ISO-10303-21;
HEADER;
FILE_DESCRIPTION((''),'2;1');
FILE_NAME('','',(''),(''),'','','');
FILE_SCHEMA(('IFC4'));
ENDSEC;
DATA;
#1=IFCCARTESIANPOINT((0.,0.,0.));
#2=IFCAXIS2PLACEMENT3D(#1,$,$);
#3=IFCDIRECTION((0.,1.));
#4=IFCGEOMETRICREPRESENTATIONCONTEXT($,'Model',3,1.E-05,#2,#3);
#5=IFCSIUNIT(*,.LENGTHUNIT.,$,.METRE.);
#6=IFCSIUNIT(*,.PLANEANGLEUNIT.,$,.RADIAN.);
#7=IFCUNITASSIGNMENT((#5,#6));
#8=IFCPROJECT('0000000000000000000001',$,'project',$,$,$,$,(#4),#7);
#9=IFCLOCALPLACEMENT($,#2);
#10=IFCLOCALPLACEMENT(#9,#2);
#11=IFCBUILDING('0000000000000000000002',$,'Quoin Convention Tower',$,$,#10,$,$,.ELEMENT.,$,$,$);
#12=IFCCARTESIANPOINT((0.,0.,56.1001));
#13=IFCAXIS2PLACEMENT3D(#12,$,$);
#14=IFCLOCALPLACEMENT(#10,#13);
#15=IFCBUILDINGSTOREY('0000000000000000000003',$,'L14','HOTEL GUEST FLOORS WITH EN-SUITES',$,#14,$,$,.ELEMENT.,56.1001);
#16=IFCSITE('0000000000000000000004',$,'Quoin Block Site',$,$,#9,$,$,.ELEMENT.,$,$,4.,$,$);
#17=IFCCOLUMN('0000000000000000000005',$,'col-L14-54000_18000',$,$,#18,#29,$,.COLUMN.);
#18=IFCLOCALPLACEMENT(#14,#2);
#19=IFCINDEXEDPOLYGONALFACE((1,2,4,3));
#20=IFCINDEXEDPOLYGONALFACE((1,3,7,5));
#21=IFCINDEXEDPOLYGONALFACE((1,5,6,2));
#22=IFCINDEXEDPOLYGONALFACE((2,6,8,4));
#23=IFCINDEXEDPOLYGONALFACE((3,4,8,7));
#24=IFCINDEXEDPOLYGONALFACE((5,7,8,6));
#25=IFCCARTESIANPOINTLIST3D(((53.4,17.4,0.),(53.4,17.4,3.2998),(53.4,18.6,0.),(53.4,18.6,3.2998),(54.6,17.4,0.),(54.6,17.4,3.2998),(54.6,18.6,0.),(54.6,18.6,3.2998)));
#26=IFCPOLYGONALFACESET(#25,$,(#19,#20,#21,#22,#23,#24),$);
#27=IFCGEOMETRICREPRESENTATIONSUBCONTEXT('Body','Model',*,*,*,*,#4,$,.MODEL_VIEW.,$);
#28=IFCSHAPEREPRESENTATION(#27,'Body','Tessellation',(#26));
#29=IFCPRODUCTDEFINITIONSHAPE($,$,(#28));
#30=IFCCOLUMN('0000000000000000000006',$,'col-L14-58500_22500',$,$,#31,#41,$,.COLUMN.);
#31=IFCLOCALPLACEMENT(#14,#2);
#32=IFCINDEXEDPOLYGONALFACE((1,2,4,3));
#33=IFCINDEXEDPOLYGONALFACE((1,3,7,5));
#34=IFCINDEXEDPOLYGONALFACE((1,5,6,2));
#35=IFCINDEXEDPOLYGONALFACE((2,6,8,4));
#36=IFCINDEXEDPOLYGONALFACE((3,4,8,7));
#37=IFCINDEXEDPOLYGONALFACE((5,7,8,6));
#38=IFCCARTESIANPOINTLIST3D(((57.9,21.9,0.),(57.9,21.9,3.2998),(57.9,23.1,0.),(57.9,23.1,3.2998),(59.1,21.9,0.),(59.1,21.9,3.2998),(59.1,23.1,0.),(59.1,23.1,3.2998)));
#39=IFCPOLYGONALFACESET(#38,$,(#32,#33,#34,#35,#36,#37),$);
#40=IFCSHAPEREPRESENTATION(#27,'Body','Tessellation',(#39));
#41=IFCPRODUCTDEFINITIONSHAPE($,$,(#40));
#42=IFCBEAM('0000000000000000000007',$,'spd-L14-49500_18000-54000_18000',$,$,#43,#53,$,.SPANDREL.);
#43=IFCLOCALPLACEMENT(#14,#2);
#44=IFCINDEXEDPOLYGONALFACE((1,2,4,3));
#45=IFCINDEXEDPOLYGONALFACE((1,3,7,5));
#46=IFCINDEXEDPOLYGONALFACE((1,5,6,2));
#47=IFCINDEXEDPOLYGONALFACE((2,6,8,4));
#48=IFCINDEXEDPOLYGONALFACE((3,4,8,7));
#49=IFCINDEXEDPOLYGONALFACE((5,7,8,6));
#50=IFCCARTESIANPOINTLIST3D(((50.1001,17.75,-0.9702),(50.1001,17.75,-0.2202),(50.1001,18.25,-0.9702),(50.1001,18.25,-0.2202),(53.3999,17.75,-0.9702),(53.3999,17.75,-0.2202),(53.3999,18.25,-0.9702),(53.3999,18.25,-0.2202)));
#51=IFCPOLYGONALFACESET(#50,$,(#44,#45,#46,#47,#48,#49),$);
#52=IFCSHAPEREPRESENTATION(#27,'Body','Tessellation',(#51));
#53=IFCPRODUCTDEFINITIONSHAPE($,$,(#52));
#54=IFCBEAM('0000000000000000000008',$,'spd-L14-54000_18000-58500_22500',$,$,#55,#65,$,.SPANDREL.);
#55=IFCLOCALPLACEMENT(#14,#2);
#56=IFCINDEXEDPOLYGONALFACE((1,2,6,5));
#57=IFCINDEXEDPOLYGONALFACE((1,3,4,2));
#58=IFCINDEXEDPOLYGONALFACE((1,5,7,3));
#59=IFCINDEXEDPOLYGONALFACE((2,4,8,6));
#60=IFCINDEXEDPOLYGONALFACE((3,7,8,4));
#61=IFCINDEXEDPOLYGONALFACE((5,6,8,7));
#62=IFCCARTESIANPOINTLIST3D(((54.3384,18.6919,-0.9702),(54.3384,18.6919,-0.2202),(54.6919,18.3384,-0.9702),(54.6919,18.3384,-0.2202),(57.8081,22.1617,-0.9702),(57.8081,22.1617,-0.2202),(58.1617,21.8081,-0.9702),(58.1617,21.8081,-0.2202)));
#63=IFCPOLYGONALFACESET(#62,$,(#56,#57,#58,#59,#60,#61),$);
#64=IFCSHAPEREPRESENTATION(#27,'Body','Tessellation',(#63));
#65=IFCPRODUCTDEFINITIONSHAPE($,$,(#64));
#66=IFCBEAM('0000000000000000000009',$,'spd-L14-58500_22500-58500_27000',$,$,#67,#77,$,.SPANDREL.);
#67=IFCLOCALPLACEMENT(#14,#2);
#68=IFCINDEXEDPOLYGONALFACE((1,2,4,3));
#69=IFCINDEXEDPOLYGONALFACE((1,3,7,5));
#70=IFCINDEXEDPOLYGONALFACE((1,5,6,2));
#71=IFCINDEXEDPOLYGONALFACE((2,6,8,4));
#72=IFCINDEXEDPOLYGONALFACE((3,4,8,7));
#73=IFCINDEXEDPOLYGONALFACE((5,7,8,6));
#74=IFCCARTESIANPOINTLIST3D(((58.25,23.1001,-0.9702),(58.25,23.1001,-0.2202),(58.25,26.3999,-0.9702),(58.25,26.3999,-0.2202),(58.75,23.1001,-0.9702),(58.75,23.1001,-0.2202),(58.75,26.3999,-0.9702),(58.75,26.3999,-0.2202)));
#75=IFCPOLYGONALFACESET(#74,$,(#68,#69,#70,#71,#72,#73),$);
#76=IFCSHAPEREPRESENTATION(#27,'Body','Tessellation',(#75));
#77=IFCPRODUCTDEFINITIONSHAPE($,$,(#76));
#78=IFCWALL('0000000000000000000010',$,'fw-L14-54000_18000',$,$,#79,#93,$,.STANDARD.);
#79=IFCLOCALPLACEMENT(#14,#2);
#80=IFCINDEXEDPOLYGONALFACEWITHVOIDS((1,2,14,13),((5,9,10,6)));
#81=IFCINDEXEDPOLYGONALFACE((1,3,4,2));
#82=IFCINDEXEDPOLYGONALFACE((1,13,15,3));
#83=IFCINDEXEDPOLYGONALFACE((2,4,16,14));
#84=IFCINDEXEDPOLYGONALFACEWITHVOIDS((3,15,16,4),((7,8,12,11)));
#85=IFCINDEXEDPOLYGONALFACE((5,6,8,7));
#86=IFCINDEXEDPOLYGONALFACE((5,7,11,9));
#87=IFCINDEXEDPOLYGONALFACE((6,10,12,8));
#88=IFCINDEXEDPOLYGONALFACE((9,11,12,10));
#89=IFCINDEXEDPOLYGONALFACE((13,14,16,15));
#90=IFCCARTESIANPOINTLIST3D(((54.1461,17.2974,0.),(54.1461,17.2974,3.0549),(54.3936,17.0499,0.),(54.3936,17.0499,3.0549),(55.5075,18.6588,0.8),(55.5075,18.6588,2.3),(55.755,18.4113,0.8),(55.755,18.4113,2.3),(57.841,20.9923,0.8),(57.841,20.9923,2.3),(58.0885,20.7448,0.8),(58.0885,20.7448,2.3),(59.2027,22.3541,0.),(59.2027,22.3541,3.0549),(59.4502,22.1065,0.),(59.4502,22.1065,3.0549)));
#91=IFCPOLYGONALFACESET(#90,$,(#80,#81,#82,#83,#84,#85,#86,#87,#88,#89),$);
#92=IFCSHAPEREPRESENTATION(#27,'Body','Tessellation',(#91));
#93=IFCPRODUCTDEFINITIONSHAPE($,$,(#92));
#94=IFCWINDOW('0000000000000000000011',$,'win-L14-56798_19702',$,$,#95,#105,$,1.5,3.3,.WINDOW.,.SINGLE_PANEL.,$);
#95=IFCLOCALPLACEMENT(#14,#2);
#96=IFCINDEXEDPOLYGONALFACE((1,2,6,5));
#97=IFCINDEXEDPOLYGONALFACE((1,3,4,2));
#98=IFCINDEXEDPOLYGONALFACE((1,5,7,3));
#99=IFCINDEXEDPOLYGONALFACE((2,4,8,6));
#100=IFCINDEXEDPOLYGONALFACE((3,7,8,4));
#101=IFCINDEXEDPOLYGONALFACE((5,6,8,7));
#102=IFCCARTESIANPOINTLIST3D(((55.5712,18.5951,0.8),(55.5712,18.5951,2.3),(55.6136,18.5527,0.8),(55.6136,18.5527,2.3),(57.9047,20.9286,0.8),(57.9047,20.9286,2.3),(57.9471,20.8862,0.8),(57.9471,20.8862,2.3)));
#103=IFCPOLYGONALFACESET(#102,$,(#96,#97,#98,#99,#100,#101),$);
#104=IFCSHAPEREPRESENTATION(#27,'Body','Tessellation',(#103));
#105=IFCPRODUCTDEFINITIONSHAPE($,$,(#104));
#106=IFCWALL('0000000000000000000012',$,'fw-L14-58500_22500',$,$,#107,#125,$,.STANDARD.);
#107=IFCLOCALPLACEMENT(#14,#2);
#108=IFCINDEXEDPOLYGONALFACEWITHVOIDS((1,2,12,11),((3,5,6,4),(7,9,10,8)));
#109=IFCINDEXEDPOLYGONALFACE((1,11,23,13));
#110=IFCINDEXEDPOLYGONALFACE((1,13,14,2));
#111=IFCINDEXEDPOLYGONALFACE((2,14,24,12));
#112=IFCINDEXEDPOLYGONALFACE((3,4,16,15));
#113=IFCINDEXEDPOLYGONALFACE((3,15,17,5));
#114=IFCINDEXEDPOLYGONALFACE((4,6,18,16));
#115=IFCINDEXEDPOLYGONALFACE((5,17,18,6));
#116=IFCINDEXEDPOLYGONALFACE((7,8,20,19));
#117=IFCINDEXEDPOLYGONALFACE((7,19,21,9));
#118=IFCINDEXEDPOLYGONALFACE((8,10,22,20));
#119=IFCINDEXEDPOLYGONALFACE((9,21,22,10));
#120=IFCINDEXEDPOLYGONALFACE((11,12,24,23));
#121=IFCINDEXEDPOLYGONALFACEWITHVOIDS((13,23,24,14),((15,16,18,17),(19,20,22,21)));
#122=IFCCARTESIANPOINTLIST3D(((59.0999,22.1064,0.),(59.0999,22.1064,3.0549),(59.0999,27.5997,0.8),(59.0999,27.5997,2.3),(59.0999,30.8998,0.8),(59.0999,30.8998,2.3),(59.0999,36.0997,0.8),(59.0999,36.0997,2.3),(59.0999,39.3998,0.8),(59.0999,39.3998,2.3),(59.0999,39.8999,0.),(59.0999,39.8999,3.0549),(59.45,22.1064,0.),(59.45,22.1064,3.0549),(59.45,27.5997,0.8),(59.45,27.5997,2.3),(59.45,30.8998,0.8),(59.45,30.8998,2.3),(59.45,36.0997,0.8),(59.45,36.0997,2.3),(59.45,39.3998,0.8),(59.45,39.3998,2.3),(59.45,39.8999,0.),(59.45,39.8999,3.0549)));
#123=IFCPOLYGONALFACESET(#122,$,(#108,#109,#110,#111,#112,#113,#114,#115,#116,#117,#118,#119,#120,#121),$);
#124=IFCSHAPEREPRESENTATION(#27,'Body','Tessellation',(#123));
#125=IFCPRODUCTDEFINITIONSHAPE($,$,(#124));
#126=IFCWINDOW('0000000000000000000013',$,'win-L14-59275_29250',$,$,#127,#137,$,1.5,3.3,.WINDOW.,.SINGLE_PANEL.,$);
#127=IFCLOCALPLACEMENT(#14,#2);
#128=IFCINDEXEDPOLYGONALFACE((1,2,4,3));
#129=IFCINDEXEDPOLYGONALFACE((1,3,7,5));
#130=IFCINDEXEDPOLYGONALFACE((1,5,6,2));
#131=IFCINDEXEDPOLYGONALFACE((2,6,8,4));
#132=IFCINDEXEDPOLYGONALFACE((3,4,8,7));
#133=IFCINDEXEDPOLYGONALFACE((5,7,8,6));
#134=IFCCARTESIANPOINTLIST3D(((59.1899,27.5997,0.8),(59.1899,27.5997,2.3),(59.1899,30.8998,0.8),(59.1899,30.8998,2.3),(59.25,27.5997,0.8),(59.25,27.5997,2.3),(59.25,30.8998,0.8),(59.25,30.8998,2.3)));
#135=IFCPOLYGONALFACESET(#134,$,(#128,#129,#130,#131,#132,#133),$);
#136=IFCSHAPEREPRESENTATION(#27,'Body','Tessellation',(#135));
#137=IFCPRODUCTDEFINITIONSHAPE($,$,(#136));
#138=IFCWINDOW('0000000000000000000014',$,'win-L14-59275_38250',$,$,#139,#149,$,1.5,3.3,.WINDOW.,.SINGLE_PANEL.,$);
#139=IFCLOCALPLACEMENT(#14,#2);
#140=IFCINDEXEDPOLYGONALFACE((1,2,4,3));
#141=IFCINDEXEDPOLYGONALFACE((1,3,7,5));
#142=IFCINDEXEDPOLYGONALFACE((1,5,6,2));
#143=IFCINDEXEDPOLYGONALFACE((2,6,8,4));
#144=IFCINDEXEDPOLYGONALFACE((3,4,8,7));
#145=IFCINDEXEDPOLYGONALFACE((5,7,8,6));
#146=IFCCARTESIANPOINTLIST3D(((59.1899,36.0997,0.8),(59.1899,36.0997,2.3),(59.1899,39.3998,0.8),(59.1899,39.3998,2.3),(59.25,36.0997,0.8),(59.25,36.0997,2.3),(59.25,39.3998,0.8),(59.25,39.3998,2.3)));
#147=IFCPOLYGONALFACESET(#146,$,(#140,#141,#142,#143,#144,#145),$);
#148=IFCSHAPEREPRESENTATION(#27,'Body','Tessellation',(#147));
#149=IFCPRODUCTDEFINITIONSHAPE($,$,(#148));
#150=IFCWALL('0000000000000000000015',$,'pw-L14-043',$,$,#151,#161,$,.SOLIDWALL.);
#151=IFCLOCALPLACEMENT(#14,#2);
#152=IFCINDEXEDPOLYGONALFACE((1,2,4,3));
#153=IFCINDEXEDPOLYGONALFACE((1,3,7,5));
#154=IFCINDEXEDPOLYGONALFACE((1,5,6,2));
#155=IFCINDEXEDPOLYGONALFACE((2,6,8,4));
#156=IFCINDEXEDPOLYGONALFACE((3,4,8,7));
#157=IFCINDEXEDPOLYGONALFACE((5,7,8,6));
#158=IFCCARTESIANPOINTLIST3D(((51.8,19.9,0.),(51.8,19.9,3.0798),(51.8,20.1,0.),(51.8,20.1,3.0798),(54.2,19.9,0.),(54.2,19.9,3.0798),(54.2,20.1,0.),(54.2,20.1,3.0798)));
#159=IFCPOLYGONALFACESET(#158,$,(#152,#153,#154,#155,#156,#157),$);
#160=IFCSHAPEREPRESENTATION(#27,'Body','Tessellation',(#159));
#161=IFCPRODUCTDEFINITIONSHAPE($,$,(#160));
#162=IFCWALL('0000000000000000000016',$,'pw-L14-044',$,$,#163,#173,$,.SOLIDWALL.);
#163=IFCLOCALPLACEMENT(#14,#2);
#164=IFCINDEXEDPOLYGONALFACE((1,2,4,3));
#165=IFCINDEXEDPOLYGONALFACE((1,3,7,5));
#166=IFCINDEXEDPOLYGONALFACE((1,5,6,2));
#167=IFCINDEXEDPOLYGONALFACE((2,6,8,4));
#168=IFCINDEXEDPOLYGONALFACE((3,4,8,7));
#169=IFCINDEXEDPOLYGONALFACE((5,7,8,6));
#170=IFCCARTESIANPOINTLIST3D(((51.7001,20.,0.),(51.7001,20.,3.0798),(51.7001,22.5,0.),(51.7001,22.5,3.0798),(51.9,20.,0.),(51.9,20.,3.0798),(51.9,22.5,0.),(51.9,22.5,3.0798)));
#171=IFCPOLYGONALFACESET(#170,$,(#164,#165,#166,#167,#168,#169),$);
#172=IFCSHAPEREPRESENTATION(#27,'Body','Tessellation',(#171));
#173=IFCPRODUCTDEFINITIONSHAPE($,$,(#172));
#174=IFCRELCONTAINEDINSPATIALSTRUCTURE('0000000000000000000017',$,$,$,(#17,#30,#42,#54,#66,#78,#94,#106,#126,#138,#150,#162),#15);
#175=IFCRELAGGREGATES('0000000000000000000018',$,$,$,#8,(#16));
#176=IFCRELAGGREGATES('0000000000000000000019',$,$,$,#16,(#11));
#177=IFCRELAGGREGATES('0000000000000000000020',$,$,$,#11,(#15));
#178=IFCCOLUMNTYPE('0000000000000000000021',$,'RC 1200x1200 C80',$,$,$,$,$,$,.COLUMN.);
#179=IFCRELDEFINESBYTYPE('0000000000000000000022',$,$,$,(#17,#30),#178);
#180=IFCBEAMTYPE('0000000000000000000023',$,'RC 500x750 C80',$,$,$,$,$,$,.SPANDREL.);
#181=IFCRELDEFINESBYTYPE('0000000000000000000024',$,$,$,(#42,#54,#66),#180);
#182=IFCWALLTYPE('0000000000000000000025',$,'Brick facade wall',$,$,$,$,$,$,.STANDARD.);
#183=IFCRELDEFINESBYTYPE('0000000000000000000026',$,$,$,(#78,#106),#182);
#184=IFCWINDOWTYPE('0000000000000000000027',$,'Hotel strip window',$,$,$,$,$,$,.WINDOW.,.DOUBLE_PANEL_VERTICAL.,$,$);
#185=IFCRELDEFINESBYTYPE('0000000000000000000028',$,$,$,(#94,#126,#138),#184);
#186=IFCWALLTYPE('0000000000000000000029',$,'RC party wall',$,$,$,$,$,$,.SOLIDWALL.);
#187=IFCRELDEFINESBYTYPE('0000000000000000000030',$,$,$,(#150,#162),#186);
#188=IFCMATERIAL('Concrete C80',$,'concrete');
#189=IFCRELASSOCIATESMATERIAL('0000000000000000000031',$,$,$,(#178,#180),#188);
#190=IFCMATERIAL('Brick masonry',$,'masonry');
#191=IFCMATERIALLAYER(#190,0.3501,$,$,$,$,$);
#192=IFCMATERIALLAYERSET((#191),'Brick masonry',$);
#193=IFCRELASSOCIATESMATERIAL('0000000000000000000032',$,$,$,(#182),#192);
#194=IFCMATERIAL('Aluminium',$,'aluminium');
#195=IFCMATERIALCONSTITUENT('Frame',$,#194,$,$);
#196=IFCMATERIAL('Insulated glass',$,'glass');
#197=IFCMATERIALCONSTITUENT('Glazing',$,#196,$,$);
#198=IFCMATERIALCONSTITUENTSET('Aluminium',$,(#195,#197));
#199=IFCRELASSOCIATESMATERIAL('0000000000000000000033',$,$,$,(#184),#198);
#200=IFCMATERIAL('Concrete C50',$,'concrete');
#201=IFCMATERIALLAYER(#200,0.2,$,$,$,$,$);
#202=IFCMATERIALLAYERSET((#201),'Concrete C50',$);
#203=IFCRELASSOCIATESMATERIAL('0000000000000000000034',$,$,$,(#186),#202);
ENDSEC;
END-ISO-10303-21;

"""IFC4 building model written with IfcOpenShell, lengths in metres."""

from ifc_helpers import new_model, si_unit, direction, frame, frame_2d, origin, origin_2d, place, context, subcontext, project, spatial, rectangle, extrude, material, layer, layer_set, constituent, constituent_set, material_profile, profile_set, type_object, element, fill, save


model = new_model("IFC4")

# Units and contexts
model_context = context("Model", 3, precision=1e-05, world=origin(), true_north=direction((0.0, 1.0)))
body_context = subcontext(model_context, "Body", "Model", "MODEL_VIEW")
ifc_project = project(units=[si_unit("LENGTHUNIT", "METRE"), si_unit("PLANEANGLEUNIT", "RADIAN")], contexts=[model_context])

# Site, building, storey
site_placement = place(None, origin())
site = spatial("IfcSite", under=ifc_project, at=site_placement, Name="Quoin Block Site", CompositionType="ELEMENT", RefElevation=4.0)
building_placement = place(site_placement, origin())
building = spatial("IfcBuilding", under=site, at=building_placement, Name="Quoin Convention Tower", CompositionType="ELEMENT")
storey_placement = place(building_placement, frame((0.0, 0.0, 56.1001)))
storey = spatial("IfcBuildingStorey", under=building, at=storey_placement, Name="L14", Description="HOTEL GUEST FLOORS WITH EN-SUITES", CompositionType="ELEMENT", Elevation=56.1001)

# Columns
ifc_material_1 = material(Name="Concrete C80", Category="concrete")
ifc_material_profile_1 = material_profile(ifc_material_1, rectangle(XDim=1.2, YDim=1.2, at=origin_2d()), Name="RC 1200x1200")
ifc_profile_set_1 = profile_set([ifc_material_profile_1], Name="Concrete C80")
column_type = type_object("IfcColumnType", Name="RC 1200x1200 C80", PredefinedType="COLUMN", material=ifc_profile_set_1)
for number, where, z_axis, x_axis, name in (
    (1, (54.0, 18.0, 0.0), (0.0, 0.0, 1.0), (1.0, 0.0, 0.0), "col-L14-54000_18000"),
    (2, (58.5, 22.5, 0.0), (0.0, 0.0, 1.0), (1.0, 0.0, 0.0), "col-L14-58500_22500"),
):
    element("IfcColumn", number, at=place(storey_placement, frame(where, z_axis=z_axis, x_axis=x_axis)), inside=storey, type_object=column_type, Name=name, PredefinedType="COLUMN", context=body_context, shape_type="SweptSolid", body=[
        extrude(rectangle(XDim=1.2, YDim=1.2, at=origin_2d()), origin(), (0.0, 0.0, 1.0), 3.2998),
    ])

# Beams
ifc_material_profile_2 = material_profile(ifc_material_1, rectangle(XDim=0.5, YDim=0.75, at=origin_2d()), Name="RC 500x750")
ifc_profile_set_2 = profile_set([ifc_material_profile_2], Name="Concrete C80")
beam_type = type_object("IfcBeamType", Name="RC 500x750 C80", PredefinedType="SPANDREL", material=ifc_profile_set_2)
beam_1_placement = place(storey_placement, frame((50.1001, 18.0, -0.5952), z_axis=(1.0, 0.0, 0.0), x_axis=(0.0, 1.0, 0.0)))
element("IfcBeam", 3, at=beam_1_placement, inside=storey, type_object=beam_type, Name="spd-L14-49500_18000-54000_18000", PredefinedType="SPANDREL", context=body_context, shape_type="SweptSolid", body=[
    extrude(rectangle(XDim=0.5, YDim=0.75, at=origin_2d()), origin(), (0.0, 0.0, 1.0), 3.2998),
])
beam_2_placement = place(storey_placement, frame((54.5151, 18.5151, -0.5952), z_axis=(0.707107, 0.707107, 0.0), x_axis=(-0.707107, 0.707107, 0.0)))
element("IfcBeam", 4, at=beam_2_placement, inside=storey, type_object=beam_type, Name="spd-L14-54000_18000-58500_22500", PredefinedType="SPANDREL", context=body_context, shape_type="SweptSolid", body=[
    extrude(rectangle(XDim=0.5, YDim=0.75, at=origin_2d()), origin(), (0.0, 0.0, 1.0), 4.907),
])
beam_3_placement = place(storey_placement, frame((58.5, 23.1001, -0.5952), z_axis=(0.0, 1.0, 0.0), x_axis=(-1.0, 0.0, 0.0)))
element("IfcBeam", 5, at=beam_3_placement, inside=storey, type_object=beam_type, Name="spd-L14-58500_22500-58500_27000", PredefinedType="SPANDREL", context=body_context, shape_type="SweptSolid", body=[
    extrude(rectangle(XDim=0.5, YDim=0.75, at=origin_2d()), origin(), (0.0, 0.0, 1.0), 3.2998),
])

# Wall, opening, window
ifc_material_2 = material(Name="Brick masonry", Category="masonry")
ifc_layer_1 = layer(ifc_material_2, 0.3501)
ifc_layer_set_1 = layer_set([ifc_layer_1], Name="Brick masonry")
wall_type_1 = type_object("IfcWallType", Name="Brick facade wall", PredefinedType="STANDARD", material=ifc_layer_set_1)
wall_1_placement = place(storey_placement, frame((54.2698, 17.1736, 0.0), z_axis=(0.0, 0.0, 1.0), x_axis=(0.707107, 0.707107, 0.0)))
wall_1 = element("IfcWall", 6, at=wall_1_placement, inside=storey, type_object=wall_type_1, Name="fw-L14-54000_18000", PredefinedType="STANDARD", context=body_context, shape_type="SweptSolid", body=[
    extrude(rectangle(XDim=7.1511, YDim=0.3501, at=frame_2d((3.5757, 0.0))), origin(), (0.0, 0.0, 1.0), 3.0549),
])
opening_1_placement = place(wall_1_placement, frame((1.9255, 0.0, 0.8)))
opening_1 = element("IfcOpeningElement", 7, at=opening_1_placement, cuts=wall_1, PredefinedType="OPENING", context=body_context, shape_type="SweptSolid", body=[
    extrude(rectangle(XDim=3.3, YDim=1.5, at=frame_2d((1.6499, 0.75))), frame((0.0, 0.1851, 0.0), z_axis=(0.0, -1.0, 0.0), x_axis=(1.0, 0.0, 0.0)), (0.0, 0.0, 1.0), 0.3701),
])
ifc_material_3 = material(Name="Aluminium", Category="aluminium")
ifc_constituent_1 = constituent(ifc_material_3, Name="Frame")
ifc_material_4 = material(Name="Insulated glass", Category="glass")
ifc_constituent_2 = constituent(ifc_material_4, Name="Glazing")
ifc_constituent_set = constituent_set(constituents=[ifc_constituent_1, ifc_constituent_2], Name="Aluminium")
window_type = type_object("IfcWindowType", Name="Hotel strip window", PartitioningType="DOUBLE_PANEL_VERTICAL", PredefinedType="WINDOW", material=ifc_constituent_set)
window_1_placement = place(opening_1_placement, origin())
window_1 = element("IfcWindow", 8, at=window_1_placement, inside=storey, type_object=window_type, Name="win-L14-56798_19702", OverallHeight=1.5, OverallWidth=3.3, PartitioningType="SINGLE_PANEL", PredefinedType="WINDOW", context=body_context, shape_type="SweptSolid", body=[
    extrude(rectangle(XDim=3.3, YDim=1.5, at=frame_2d((1.6499, 0.75))), frame((0.0, 0.085, 0.0), z_axis=(0.0, -1.0, 0.0), x_axis=(1.0, 0.0, 0.0)), (0.0, 0.0, 1.0), 0.0601),
])
fill(opening_1, window_1)

# Wall, openings, windows
wall_2_placement = place(storey_placement, frame((59.2749, 22.1064, 0.0), z_axis=(0.0, 0.0, 1.0), x_axis=(0.0, 1.0, 0.0)))
wall_2 = element("IfcWall", 9, at=wall_2_placement, inside=storey, type_object=wall_type_1, Name="fw-L14-58500_22500", PredefinedType="STANDARD", context=body_context, shape_type="SweptSolid", body=[
    extrude(rectangle(XDim=17.7935, YDim=0.3501, at=frame_2d((8.8967, 0.0))), origin(), (0.0, 0.0, 1.0), 3.0549),
])
opening_2_placement = place(wall_2_placement, frame((5.4934, 0.0, 0.8)))
opening_2 = element("IfcOpeningElement", 10, at=opening_2_placement, cuts=wall_2, PredefinedType="OPENING", context=body_context, shape_type="SweptSolid", body=[
    extrude(rectangle(XDim=3.3, YDim=1.5, at=frame_2d((1.6499, 0.75))), frame((0.0, 0.1851, 0.0), z_axis=(0.0, -1.0, 0.0), x_axis=(1.0, 0.0, 0.0)), (0.0, 0.0, 1.0), 0.3701),
])
opening_3_placement = place(wall_2_placement, frame((13.9934, 0.0, 0.8)))
opening_3 = element("IfcOpeningElement", 11, at=opening_3_placement, cuts=wall_2, PredefinedType="OPENING", context=body_context, shape_type="SweptSolid", body=[
    extrude(rectangle(XDim=3.3, YDim=1.5, at=frame_2d((1.6499, 0.75))), frame((0.0, 0.1851, 0.0), z_axis=(0.0, -1.0, 0.0), x_axis=(1.0, 0.0, 0.0)), (0.0, 0.0, 1.0), 0.3701),
])
window_2_placement = place(opening_2_placement, origin())
window_2 = element("IfcWindow", 12, at=window_2_placement, inside=storey, type_object=window_type, Name="win-L14-59275_29250", OverallHeight=1.5, OverallWidth=3.3, PartitioningType="SINGLE_PANEL", PredefinedType="WINDOW", context=body_context, shape_type="SweptSolid", body=[
    extrude(rectangle(XDim=3.3, YDim=1.5, at=frame_2d((1.6499, 0.75))), frame((0.0, 0.085, 0.0), z_axis=(0.0, -1.0, 0.0), x_axis=(1.0, 0.0, 0.0)), (0.0, 0.0, 1.0), 0.0601),
])
fill(opening_2, window_2)
window_3_placement = place(opening_3_placement, origin())
window_3 = element("IfcWindow", 13, at=window_3_placement, inside=storey, type_object=window_type, Name="win-L14-59275_38250", OverallHeight=1.5, OverallWidth=3.3, PartitioningType="SINGLE_PANEL", PredefinedType="WINDOW", context=body_context, shape_type="SweptSolid", body=[
    extrude(rectangle(XDim=3.3, YDim=1.5, at=frame_2d((1.6499, 0.75))), frame((0.0, 0.085, 0.0), z_axis=(0.0, -1.0, 0.0), x_axis=(1.0, 0.0, 0.0)), (0.0, 0.0, 1.0), 0.0601),
])
fill(opening_3, window_3)

# Walls
ifc_material_5 = material(Name="Concrete C50", Category="concrete")
ifc_layer_2 = layer(ifc_material_5, 0.2)
ifc_layer_set_2 = layer_set([ifc_layer_2], Name="Concrete C50")
wall_type_2 = type_object("IfcWallType", Name="RC party wall", PredefinedType="SOLIDWALL", material=ifc_layer_set_2)
wall_3_placement = place(storey_placement, frame((51.8, 20.0, 0.0), z_axis=(0.0, 0.0, 1.0), x_axis=(1.0, 0.0, 0.0)))
element("IfcWall", 14, at=wall_3_placement, inside=storey, type_object=wall_type_2, Name="pw-L14-043", PredefinedType="SOLIDWALL", context=body_context, shape_type="SweptSolid", body=[
    extrude(rectangle(XDim=2.3999, YDim=0.2, at=frame_2d((1.2, 0.0))), origin(), (0.0, 0.0, 1.0), 3.0798),
])
wall_4_placement = place(storey_placement, frame((51.8, 20.0, 0.0), z_axis=(0.0, 0.0, 1.0), x_axis=(0.0, 1.0, 0.0)))
element("IfcWall", 15, at=wall_4_placement, inside=storey, type_object=wall_type_2, Name="pw-L14-044", PredefinedType="SOLIDWALL", context=body_context, shape_type="SweptSolid", body=[
    extrude(rectangle(XDim=2.5, YDim=0.2, at=frame_2d((1.25, 0.0))), origin(), (0.0, 0.0, 1.0), 3.0798),
])

save(model, "model.ifc")
